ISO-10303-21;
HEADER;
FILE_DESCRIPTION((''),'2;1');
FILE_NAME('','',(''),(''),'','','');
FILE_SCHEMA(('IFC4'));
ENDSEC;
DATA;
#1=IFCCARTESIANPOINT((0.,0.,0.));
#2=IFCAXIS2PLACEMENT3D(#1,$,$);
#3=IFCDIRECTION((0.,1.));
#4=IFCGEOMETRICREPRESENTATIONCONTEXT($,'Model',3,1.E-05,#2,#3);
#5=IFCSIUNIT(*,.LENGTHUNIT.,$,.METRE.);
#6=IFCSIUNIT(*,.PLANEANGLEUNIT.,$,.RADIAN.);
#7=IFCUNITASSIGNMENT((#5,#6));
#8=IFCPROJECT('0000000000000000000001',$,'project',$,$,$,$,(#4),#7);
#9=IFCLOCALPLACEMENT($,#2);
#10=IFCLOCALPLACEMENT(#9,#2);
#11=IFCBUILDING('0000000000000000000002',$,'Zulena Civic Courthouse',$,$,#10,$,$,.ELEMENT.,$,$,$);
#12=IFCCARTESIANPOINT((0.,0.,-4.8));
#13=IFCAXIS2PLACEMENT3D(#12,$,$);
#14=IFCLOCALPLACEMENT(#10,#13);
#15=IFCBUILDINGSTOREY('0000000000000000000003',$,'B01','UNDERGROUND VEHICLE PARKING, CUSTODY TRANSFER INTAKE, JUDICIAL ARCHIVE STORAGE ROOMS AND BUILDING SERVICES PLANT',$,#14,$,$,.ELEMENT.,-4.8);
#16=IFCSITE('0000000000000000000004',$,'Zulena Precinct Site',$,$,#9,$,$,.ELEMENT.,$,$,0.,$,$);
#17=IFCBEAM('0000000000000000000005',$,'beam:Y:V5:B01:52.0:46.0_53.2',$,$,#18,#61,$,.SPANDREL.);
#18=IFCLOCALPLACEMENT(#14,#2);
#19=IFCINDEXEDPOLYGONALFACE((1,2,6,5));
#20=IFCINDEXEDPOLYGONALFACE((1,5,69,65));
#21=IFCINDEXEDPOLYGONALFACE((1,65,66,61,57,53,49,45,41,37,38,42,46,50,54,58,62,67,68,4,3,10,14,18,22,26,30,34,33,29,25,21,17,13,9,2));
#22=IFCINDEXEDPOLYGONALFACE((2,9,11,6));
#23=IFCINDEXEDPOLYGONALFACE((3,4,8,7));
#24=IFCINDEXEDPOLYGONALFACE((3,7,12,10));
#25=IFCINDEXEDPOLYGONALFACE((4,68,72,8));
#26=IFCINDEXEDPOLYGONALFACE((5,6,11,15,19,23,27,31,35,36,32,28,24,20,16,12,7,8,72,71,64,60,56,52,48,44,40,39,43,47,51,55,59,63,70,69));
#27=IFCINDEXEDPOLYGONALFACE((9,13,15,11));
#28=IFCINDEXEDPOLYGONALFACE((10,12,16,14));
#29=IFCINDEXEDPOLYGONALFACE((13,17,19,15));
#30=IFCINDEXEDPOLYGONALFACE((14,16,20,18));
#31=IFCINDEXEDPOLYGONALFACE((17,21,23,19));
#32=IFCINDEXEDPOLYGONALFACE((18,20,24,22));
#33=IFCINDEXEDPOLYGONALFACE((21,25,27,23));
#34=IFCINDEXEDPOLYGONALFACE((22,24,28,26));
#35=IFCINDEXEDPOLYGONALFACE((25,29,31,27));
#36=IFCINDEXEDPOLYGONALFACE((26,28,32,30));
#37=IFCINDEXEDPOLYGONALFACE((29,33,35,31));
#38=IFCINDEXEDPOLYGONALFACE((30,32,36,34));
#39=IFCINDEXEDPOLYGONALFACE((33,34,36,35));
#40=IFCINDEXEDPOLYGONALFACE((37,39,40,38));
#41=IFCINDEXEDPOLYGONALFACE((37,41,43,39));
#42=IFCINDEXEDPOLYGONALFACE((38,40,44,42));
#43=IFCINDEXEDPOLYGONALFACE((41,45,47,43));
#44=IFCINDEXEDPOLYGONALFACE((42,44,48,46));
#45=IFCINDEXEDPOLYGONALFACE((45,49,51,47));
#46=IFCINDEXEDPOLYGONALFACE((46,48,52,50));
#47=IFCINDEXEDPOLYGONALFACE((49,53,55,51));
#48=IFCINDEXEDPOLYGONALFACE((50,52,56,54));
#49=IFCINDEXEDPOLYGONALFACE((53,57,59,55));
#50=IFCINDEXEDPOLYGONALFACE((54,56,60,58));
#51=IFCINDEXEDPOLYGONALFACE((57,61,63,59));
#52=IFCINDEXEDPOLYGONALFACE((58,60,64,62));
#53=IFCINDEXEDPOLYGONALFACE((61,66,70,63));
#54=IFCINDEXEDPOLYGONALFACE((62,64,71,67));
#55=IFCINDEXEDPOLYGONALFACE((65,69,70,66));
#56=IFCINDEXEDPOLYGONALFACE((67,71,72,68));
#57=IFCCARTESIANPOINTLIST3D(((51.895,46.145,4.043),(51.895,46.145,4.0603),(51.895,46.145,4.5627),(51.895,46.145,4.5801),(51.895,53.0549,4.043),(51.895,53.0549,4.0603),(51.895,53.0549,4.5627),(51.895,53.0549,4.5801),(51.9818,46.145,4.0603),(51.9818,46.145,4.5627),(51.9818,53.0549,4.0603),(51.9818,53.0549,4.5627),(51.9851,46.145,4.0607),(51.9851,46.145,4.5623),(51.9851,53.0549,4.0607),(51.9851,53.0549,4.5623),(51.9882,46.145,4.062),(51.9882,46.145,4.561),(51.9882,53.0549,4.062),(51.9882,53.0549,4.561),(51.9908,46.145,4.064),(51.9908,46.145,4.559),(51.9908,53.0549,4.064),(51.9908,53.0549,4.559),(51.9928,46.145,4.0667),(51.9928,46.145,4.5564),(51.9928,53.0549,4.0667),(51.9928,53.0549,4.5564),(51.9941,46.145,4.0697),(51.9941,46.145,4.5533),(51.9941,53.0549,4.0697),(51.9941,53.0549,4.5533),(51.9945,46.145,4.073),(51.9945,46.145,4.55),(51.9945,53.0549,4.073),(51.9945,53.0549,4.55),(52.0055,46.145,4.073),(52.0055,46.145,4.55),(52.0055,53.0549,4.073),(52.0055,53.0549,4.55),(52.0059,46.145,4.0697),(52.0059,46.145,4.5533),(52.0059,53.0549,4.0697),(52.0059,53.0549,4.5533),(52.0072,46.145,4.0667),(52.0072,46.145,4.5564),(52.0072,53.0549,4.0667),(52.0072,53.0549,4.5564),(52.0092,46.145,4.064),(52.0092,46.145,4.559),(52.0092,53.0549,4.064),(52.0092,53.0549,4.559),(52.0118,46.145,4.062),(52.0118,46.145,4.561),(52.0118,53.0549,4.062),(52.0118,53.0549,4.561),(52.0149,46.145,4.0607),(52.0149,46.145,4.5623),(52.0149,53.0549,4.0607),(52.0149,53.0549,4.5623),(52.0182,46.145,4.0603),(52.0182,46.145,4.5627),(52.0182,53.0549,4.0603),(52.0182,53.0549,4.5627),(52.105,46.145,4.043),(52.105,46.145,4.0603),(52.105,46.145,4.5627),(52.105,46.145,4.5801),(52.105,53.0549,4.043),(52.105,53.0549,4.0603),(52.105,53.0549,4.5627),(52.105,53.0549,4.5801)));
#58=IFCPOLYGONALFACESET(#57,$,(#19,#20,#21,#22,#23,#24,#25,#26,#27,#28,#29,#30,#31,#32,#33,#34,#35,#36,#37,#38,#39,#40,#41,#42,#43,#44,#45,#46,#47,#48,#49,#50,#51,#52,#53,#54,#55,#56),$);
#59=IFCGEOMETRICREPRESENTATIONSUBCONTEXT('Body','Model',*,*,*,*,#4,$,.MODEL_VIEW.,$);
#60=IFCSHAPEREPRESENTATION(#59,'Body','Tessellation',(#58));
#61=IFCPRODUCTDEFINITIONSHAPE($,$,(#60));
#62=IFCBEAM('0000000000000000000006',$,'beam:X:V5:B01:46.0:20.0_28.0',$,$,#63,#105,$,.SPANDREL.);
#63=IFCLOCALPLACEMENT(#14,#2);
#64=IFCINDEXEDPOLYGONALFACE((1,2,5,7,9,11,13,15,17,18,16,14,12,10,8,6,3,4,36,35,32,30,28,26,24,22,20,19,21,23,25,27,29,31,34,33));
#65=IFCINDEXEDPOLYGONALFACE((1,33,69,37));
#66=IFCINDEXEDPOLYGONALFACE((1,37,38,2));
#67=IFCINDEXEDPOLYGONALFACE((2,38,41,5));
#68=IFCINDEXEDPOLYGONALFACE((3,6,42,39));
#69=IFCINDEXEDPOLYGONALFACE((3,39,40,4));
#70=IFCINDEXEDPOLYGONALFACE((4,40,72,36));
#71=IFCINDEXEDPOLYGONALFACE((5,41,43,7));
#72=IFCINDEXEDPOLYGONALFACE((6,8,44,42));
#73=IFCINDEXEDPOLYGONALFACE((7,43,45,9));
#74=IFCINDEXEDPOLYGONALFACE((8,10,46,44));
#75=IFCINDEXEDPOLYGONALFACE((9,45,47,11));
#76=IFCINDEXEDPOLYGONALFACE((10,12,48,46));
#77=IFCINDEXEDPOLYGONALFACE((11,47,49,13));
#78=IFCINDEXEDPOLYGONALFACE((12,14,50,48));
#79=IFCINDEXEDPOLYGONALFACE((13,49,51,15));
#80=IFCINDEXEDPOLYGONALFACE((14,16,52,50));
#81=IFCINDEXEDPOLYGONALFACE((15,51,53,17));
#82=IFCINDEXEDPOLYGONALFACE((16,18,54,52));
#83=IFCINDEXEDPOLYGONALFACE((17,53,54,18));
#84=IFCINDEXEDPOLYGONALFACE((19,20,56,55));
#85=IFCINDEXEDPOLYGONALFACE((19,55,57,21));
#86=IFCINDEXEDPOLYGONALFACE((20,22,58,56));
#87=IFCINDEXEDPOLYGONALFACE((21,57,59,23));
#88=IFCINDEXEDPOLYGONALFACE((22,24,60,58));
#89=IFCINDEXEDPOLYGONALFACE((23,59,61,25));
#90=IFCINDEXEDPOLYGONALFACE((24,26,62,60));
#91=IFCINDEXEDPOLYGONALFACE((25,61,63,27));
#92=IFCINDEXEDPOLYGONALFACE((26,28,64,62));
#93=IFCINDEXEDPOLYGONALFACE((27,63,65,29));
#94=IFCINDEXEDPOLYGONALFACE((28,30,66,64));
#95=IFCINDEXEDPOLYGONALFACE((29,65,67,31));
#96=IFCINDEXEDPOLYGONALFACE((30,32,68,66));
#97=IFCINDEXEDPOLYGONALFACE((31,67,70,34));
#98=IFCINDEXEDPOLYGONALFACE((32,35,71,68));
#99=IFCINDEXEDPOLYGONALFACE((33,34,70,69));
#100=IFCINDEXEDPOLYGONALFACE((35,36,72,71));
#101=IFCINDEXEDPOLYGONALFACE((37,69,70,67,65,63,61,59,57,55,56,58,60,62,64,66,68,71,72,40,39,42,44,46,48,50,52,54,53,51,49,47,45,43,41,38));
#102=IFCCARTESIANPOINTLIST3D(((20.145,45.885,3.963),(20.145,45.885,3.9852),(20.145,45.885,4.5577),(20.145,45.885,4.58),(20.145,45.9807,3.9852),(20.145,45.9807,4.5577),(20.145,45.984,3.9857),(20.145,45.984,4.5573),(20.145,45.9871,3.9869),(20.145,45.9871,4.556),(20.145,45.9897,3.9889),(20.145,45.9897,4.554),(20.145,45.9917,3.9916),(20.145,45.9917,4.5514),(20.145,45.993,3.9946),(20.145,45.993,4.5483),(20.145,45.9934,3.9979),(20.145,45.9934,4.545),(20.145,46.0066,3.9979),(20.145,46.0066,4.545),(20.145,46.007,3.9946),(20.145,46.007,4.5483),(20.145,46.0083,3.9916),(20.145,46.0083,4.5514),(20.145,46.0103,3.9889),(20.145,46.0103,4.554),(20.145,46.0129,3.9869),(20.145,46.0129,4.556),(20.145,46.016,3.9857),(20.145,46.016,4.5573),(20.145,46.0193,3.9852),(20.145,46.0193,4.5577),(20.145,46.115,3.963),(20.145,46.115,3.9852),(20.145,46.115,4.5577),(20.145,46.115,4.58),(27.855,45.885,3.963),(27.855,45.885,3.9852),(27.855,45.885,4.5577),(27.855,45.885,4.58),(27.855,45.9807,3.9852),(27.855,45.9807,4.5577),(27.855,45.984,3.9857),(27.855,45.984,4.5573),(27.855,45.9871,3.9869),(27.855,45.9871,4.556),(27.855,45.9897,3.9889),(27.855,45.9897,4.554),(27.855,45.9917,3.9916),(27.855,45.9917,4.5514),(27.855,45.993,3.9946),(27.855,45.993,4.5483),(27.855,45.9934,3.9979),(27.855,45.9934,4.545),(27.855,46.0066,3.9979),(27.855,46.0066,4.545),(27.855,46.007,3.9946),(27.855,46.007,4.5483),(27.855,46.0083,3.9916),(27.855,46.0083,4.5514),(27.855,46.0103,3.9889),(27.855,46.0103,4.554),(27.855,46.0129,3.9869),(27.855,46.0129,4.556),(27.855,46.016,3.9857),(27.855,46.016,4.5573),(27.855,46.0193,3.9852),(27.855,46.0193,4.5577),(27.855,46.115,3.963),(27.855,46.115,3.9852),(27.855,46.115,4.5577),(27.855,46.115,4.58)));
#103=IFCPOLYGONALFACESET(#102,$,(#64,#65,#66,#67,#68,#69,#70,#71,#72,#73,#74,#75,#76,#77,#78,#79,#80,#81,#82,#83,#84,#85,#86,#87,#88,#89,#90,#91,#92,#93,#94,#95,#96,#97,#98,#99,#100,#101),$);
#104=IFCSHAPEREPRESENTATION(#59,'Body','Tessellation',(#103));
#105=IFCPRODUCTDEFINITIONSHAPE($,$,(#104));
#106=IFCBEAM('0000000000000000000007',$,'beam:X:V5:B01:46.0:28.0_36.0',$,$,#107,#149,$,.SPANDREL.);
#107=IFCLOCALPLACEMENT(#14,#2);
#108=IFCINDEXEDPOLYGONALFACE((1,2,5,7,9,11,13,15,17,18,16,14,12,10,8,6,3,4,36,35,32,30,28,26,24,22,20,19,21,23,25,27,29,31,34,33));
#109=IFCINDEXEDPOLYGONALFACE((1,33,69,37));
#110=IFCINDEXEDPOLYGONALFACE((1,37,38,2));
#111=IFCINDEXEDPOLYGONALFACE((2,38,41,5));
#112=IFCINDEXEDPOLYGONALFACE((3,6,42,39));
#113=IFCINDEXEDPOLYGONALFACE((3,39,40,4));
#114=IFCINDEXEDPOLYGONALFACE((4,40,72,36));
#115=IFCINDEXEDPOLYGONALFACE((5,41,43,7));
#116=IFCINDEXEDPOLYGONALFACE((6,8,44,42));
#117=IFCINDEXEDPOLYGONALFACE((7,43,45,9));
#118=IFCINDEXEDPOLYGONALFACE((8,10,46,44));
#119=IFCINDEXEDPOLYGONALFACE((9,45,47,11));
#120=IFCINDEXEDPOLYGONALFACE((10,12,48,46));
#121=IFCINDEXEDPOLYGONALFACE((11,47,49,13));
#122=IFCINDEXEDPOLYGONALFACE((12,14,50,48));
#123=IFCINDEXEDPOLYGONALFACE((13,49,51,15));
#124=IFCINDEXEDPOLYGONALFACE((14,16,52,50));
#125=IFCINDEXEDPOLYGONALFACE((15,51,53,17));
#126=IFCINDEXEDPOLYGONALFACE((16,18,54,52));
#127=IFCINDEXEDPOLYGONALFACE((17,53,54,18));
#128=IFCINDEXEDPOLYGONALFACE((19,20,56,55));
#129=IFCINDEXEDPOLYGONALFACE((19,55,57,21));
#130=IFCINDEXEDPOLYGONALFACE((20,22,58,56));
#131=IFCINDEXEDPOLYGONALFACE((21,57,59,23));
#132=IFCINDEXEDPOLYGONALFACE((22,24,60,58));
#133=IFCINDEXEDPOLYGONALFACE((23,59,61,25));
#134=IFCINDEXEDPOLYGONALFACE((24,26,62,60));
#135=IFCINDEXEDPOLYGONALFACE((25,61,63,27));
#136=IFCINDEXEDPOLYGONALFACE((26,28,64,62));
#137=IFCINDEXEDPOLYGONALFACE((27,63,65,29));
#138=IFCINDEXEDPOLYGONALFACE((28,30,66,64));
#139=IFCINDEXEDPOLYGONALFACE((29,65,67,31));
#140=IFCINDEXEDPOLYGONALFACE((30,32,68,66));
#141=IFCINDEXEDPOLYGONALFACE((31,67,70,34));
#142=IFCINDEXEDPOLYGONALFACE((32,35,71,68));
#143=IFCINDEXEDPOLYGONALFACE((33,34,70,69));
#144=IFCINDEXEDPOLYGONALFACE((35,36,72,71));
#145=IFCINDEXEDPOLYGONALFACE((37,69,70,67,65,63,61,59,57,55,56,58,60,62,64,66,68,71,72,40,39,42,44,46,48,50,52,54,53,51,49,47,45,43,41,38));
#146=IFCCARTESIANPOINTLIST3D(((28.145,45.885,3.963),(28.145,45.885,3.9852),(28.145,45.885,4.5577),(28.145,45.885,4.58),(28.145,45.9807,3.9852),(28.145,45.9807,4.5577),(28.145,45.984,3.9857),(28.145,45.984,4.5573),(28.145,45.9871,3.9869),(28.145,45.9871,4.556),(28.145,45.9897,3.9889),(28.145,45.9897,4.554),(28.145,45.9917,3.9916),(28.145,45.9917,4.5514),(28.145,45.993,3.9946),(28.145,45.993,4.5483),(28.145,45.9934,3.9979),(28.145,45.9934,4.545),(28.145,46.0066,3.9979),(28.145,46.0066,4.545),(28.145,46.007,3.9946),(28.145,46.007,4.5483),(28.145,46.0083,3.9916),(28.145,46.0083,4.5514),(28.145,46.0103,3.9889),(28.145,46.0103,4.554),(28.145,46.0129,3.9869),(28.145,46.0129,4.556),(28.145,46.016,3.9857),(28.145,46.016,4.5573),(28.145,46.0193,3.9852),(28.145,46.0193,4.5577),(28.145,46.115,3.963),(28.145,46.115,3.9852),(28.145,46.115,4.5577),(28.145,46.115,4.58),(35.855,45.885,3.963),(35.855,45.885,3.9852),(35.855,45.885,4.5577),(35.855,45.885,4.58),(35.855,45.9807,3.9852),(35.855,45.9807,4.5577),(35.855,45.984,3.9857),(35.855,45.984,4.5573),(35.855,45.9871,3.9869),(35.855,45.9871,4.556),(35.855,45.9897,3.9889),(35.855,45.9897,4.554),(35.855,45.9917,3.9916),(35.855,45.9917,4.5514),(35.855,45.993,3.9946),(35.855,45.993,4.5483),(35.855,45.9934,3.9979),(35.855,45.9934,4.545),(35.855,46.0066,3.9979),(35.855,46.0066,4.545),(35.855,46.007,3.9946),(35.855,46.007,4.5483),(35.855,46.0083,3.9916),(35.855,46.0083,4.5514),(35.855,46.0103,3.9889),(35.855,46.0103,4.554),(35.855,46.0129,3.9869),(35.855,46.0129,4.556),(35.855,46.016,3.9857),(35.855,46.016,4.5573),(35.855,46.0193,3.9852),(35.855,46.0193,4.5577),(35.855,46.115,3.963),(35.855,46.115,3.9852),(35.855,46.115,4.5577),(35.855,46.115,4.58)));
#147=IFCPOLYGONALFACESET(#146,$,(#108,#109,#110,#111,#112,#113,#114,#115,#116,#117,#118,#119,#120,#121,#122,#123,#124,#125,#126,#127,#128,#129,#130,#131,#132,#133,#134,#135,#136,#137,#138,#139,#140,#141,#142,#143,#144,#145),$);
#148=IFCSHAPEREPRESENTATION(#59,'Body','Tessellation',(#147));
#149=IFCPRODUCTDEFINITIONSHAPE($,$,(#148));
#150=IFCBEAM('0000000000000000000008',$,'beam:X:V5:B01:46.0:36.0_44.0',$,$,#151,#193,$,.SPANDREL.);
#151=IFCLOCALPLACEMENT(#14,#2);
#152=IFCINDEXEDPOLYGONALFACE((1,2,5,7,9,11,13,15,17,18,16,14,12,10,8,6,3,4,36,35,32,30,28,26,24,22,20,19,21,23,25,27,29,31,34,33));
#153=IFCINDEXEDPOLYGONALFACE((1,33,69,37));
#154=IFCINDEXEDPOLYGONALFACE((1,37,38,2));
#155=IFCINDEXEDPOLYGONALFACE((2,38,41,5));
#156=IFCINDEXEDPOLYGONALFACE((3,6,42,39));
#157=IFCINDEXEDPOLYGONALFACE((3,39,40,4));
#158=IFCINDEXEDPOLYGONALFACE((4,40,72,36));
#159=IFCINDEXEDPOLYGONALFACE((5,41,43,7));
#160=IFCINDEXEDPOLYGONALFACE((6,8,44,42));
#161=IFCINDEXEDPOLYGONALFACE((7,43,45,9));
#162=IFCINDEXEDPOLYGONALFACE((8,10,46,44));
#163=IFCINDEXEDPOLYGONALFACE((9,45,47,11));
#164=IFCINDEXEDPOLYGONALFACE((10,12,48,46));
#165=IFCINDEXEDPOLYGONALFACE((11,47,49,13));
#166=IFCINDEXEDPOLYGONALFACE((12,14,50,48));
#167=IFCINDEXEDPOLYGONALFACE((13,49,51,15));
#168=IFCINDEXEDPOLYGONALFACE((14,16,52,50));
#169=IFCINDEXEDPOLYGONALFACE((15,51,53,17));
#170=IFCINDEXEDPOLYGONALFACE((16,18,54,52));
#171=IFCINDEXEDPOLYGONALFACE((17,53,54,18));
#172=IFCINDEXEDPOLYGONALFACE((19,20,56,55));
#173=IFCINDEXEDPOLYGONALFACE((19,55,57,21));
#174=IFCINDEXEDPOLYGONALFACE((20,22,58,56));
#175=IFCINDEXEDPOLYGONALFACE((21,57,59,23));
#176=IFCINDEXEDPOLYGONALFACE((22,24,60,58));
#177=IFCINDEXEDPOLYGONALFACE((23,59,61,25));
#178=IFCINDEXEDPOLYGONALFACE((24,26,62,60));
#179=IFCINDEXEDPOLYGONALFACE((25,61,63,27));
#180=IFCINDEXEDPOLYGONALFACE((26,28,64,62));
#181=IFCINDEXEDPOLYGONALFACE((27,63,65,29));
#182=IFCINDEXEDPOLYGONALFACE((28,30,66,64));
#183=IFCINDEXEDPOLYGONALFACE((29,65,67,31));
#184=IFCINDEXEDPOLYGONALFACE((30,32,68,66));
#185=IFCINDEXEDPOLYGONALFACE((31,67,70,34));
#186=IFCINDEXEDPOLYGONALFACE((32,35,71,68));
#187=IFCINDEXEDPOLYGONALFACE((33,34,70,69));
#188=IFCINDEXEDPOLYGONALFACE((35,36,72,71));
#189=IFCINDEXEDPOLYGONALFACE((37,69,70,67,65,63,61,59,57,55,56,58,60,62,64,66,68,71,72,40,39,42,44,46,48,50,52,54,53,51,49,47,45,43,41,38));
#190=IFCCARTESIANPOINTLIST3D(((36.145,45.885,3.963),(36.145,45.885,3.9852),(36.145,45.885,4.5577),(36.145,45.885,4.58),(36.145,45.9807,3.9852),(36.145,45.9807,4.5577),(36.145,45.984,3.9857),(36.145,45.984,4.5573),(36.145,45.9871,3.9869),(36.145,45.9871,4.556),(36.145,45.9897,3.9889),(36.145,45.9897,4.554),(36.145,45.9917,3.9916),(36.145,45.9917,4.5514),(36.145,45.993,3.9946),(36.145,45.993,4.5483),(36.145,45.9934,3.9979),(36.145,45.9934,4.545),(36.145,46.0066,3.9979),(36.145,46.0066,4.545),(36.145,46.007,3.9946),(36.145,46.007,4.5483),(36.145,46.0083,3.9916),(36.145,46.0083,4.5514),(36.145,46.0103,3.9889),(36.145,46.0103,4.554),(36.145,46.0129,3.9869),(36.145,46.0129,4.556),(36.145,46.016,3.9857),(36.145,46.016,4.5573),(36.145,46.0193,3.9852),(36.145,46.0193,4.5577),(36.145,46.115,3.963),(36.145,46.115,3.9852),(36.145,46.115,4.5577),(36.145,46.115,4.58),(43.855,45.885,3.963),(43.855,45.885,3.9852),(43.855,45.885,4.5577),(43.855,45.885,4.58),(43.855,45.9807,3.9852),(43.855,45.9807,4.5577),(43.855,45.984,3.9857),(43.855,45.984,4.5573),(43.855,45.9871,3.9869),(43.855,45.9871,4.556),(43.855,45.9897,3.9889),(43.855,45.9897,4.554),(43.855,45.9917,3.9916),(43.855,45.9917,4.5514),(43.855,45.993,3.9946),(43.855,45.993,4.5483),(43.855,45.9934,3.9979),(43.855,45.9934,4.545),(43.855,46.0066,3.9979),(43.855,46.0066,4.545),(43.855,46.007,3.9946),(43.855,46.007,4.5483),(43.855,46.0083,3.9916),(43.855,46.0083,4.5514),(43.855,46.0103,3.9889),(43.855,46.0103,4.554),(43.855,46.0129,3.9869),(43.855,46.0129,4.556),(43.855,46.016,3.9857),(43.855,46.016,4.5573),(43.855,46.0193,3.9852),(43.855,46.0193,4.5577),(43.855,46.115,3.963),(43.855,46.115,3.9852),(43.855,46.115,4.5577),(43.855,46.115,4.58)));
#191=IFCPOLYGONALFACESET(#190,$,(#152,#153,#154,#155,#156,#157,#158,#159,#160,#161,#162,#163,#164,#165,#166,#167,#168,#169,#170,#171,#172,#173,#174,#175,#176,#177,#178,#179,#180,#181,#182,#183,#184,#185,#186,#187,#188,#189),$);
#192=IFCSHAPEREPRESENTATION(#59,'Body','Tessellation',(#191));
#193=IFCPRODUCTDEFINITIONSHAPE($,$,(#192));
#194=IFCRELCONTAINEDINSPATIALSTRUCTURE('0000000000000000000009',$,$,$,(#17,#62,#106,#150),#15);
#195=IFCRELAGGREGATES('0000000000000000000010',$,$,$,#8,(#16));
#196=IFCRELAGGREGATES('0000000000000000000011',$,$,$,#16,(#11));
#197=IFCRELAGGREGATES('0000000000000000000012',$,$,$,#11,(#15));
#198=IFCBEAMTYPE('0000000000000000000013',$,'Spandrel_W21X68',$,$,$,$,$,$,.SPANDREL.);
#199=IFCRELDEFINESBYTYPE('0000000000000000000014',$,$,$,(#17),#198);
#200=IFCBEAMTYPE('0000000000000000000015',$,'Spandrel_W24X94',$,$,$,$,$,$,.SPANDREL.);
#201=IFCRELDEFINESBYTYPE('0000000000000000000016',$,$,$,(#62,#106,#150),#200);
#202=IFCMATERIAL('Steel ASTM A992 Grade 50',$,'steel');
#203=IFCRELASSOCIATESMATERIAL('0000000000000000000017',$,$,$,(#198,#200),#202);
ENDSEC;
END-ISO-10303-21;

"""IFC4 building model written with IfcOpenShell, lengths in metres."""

from ifc_helpers import new_model, si_unit, direction, frame, origin, origin_2d, place, context, subcontext, project, spatial, i_section, extrude, material, material_profile, profile_set, type_object, element, save


model = new_model("IFC4")

# Units and contexts
model_context = context("Model", 3, precision=1e-05, world=origin(), true_north=direction((0.0, 1.0)))
body_context = subcontext(model_context, "Body", "Model", "MODEL_VIEW")
ifc_project = project(units=[si_unit("LENGTHUNIT", "METRE"), si_unit("PLANEANGLEUNIT", "RADIAN")], contexts=[model_context])

# Site, building, storey
site_placement = place(None, origin())
site = spatial("IfcSite", under=ifc_project, at=site_placement, Name="Zulena Precinct Site", CompositionType="ELEMENT", RefElevation=0.0)
building_placement = place(site_placement, origin())
building = spatial("IfcBuilding", under=site, at=building_placement, Name="Zulena Civic Courthouse", CompositionType="ELEMENT")
storey_placement = place(building_placement, frame((0.0, 0.0, -4.8)))
storey = spatial("IfcBuildingStorey", under=building, at=storey_placement, Name="B01", Description="UNDERGROUND VEHICLE PARKING, CUSTODY TRANSFER INTAKE, JUDICIAL ARCHIVE STORAGE ROOMS AND BUILDING SERVICES PLANT", CompositionType="ELEMENT", Elevation=-4.8)

# Shared definitions
ifc_material_1 = material(Name="Steel ASTM A992 Grade 50", Category="steel")

# Beams
ifc_material_profile_1 = material_profile(ifc_material_1, i_section(OverallWidth=0.21, OverallDepth=0.5371, WebThickness=0.011, FlangeThickness=0.0173, FilletRadius=0.0127, at=origin_2d()), Name="W21X68")
ifc_profile_set_1 = profile_set([ifc_material_profile_1], Name="Steel ASTM A992 Grade 50")
beam_type_1 = type_object("IfcBeamType", Name="Spandrel_W21X68", PredefinedType="SPANDREL", material=ifc_profile_set_1)
for number, where, z_axis, x_axis, name in (
    (1, (52.0, 46.145, 4.3115), (0.0, 1.0, 0.0), (-1.0, 0.0, 0.0), "beam:Y:V5:B01:52.0:46.0_53.2"),
):
    element("IfcBeam", number, at=place(storey_placement, frame(where, z_axis=z_axis, x_axis=x_axis)), inside=storey, type_object=beam_type_1, Name=name, PredefinedType="SPANDREL", context=body_context, shape_type="SweptSolid", body=[
        extrude(i_section(OverallWidth=0.21, OverallDepth=0.5371, WebThickness=0.011, FlangeThickness=0.0173, FilletRadius=0.0127, at=origin_2d()), origin(), (0.0, 0.0, 1.0), 6.9099),
    ])
ifc_material_profile_2 = material_profile(ifc_material_1, i_section(OverallWidth=0.23, OverallDepth=0.6169, WebThickness=0.0132, FlangeThickness=0.0222, FilletRadius=0.0127, at=origin_2d()), Name="W24X94")
ifc_profile_set_2 = profile_set([ifc_material_profile_2], Name="Steel ASTM A992 Grade 50")
beam_type_2 = type_object("IfcBeamType", Name="Spandrel_W24X94", PredefinedType="SPANDREL", material=ifc_profile_set_2)
for number, where, z_axis, x_axis, name in (
    (2, (20.145, 46.0, 4.2715), (1.0, 0.0, 0.0), (0.0, 1.0, 0.0), "beam:X:V5:B01:46.0:20.0_28.0"),
    (3, (28.145, 46.0, 4.2715), (1.0, 0.0, 0.0), (0.0, 1.0, 0.0), "beam:X:V5:B01:46.0:28.0_36.0"),
    (4, (36.145, 46.0, 4.2715), (1.0, 0.0, 0.0), (0.0, 1.0, 0.0), "beam:X:V5:B01:46.0:36.0_44.0"),
):
    element("IfcBeam", number, at=place(storey_placement, frame(where, z_axis=z_axis, x_axis=x_axis)), inside=storey, type_object=beam_type_2, Name=name, PredefinedType="SPANDREL", context=body_context, shape_type="SweptSolid", body=[
        extrude(i_section(OverallWidth=0.23, OverallDepth=0.6169, WebThickness=0.0132, FlangeThickness=0.0222, FilletRadius=0.0127, at=origin_2d()), origin(), (0.0, 0.0, 1.0), 7.71),
    ])

save(model, "model.ifc")
